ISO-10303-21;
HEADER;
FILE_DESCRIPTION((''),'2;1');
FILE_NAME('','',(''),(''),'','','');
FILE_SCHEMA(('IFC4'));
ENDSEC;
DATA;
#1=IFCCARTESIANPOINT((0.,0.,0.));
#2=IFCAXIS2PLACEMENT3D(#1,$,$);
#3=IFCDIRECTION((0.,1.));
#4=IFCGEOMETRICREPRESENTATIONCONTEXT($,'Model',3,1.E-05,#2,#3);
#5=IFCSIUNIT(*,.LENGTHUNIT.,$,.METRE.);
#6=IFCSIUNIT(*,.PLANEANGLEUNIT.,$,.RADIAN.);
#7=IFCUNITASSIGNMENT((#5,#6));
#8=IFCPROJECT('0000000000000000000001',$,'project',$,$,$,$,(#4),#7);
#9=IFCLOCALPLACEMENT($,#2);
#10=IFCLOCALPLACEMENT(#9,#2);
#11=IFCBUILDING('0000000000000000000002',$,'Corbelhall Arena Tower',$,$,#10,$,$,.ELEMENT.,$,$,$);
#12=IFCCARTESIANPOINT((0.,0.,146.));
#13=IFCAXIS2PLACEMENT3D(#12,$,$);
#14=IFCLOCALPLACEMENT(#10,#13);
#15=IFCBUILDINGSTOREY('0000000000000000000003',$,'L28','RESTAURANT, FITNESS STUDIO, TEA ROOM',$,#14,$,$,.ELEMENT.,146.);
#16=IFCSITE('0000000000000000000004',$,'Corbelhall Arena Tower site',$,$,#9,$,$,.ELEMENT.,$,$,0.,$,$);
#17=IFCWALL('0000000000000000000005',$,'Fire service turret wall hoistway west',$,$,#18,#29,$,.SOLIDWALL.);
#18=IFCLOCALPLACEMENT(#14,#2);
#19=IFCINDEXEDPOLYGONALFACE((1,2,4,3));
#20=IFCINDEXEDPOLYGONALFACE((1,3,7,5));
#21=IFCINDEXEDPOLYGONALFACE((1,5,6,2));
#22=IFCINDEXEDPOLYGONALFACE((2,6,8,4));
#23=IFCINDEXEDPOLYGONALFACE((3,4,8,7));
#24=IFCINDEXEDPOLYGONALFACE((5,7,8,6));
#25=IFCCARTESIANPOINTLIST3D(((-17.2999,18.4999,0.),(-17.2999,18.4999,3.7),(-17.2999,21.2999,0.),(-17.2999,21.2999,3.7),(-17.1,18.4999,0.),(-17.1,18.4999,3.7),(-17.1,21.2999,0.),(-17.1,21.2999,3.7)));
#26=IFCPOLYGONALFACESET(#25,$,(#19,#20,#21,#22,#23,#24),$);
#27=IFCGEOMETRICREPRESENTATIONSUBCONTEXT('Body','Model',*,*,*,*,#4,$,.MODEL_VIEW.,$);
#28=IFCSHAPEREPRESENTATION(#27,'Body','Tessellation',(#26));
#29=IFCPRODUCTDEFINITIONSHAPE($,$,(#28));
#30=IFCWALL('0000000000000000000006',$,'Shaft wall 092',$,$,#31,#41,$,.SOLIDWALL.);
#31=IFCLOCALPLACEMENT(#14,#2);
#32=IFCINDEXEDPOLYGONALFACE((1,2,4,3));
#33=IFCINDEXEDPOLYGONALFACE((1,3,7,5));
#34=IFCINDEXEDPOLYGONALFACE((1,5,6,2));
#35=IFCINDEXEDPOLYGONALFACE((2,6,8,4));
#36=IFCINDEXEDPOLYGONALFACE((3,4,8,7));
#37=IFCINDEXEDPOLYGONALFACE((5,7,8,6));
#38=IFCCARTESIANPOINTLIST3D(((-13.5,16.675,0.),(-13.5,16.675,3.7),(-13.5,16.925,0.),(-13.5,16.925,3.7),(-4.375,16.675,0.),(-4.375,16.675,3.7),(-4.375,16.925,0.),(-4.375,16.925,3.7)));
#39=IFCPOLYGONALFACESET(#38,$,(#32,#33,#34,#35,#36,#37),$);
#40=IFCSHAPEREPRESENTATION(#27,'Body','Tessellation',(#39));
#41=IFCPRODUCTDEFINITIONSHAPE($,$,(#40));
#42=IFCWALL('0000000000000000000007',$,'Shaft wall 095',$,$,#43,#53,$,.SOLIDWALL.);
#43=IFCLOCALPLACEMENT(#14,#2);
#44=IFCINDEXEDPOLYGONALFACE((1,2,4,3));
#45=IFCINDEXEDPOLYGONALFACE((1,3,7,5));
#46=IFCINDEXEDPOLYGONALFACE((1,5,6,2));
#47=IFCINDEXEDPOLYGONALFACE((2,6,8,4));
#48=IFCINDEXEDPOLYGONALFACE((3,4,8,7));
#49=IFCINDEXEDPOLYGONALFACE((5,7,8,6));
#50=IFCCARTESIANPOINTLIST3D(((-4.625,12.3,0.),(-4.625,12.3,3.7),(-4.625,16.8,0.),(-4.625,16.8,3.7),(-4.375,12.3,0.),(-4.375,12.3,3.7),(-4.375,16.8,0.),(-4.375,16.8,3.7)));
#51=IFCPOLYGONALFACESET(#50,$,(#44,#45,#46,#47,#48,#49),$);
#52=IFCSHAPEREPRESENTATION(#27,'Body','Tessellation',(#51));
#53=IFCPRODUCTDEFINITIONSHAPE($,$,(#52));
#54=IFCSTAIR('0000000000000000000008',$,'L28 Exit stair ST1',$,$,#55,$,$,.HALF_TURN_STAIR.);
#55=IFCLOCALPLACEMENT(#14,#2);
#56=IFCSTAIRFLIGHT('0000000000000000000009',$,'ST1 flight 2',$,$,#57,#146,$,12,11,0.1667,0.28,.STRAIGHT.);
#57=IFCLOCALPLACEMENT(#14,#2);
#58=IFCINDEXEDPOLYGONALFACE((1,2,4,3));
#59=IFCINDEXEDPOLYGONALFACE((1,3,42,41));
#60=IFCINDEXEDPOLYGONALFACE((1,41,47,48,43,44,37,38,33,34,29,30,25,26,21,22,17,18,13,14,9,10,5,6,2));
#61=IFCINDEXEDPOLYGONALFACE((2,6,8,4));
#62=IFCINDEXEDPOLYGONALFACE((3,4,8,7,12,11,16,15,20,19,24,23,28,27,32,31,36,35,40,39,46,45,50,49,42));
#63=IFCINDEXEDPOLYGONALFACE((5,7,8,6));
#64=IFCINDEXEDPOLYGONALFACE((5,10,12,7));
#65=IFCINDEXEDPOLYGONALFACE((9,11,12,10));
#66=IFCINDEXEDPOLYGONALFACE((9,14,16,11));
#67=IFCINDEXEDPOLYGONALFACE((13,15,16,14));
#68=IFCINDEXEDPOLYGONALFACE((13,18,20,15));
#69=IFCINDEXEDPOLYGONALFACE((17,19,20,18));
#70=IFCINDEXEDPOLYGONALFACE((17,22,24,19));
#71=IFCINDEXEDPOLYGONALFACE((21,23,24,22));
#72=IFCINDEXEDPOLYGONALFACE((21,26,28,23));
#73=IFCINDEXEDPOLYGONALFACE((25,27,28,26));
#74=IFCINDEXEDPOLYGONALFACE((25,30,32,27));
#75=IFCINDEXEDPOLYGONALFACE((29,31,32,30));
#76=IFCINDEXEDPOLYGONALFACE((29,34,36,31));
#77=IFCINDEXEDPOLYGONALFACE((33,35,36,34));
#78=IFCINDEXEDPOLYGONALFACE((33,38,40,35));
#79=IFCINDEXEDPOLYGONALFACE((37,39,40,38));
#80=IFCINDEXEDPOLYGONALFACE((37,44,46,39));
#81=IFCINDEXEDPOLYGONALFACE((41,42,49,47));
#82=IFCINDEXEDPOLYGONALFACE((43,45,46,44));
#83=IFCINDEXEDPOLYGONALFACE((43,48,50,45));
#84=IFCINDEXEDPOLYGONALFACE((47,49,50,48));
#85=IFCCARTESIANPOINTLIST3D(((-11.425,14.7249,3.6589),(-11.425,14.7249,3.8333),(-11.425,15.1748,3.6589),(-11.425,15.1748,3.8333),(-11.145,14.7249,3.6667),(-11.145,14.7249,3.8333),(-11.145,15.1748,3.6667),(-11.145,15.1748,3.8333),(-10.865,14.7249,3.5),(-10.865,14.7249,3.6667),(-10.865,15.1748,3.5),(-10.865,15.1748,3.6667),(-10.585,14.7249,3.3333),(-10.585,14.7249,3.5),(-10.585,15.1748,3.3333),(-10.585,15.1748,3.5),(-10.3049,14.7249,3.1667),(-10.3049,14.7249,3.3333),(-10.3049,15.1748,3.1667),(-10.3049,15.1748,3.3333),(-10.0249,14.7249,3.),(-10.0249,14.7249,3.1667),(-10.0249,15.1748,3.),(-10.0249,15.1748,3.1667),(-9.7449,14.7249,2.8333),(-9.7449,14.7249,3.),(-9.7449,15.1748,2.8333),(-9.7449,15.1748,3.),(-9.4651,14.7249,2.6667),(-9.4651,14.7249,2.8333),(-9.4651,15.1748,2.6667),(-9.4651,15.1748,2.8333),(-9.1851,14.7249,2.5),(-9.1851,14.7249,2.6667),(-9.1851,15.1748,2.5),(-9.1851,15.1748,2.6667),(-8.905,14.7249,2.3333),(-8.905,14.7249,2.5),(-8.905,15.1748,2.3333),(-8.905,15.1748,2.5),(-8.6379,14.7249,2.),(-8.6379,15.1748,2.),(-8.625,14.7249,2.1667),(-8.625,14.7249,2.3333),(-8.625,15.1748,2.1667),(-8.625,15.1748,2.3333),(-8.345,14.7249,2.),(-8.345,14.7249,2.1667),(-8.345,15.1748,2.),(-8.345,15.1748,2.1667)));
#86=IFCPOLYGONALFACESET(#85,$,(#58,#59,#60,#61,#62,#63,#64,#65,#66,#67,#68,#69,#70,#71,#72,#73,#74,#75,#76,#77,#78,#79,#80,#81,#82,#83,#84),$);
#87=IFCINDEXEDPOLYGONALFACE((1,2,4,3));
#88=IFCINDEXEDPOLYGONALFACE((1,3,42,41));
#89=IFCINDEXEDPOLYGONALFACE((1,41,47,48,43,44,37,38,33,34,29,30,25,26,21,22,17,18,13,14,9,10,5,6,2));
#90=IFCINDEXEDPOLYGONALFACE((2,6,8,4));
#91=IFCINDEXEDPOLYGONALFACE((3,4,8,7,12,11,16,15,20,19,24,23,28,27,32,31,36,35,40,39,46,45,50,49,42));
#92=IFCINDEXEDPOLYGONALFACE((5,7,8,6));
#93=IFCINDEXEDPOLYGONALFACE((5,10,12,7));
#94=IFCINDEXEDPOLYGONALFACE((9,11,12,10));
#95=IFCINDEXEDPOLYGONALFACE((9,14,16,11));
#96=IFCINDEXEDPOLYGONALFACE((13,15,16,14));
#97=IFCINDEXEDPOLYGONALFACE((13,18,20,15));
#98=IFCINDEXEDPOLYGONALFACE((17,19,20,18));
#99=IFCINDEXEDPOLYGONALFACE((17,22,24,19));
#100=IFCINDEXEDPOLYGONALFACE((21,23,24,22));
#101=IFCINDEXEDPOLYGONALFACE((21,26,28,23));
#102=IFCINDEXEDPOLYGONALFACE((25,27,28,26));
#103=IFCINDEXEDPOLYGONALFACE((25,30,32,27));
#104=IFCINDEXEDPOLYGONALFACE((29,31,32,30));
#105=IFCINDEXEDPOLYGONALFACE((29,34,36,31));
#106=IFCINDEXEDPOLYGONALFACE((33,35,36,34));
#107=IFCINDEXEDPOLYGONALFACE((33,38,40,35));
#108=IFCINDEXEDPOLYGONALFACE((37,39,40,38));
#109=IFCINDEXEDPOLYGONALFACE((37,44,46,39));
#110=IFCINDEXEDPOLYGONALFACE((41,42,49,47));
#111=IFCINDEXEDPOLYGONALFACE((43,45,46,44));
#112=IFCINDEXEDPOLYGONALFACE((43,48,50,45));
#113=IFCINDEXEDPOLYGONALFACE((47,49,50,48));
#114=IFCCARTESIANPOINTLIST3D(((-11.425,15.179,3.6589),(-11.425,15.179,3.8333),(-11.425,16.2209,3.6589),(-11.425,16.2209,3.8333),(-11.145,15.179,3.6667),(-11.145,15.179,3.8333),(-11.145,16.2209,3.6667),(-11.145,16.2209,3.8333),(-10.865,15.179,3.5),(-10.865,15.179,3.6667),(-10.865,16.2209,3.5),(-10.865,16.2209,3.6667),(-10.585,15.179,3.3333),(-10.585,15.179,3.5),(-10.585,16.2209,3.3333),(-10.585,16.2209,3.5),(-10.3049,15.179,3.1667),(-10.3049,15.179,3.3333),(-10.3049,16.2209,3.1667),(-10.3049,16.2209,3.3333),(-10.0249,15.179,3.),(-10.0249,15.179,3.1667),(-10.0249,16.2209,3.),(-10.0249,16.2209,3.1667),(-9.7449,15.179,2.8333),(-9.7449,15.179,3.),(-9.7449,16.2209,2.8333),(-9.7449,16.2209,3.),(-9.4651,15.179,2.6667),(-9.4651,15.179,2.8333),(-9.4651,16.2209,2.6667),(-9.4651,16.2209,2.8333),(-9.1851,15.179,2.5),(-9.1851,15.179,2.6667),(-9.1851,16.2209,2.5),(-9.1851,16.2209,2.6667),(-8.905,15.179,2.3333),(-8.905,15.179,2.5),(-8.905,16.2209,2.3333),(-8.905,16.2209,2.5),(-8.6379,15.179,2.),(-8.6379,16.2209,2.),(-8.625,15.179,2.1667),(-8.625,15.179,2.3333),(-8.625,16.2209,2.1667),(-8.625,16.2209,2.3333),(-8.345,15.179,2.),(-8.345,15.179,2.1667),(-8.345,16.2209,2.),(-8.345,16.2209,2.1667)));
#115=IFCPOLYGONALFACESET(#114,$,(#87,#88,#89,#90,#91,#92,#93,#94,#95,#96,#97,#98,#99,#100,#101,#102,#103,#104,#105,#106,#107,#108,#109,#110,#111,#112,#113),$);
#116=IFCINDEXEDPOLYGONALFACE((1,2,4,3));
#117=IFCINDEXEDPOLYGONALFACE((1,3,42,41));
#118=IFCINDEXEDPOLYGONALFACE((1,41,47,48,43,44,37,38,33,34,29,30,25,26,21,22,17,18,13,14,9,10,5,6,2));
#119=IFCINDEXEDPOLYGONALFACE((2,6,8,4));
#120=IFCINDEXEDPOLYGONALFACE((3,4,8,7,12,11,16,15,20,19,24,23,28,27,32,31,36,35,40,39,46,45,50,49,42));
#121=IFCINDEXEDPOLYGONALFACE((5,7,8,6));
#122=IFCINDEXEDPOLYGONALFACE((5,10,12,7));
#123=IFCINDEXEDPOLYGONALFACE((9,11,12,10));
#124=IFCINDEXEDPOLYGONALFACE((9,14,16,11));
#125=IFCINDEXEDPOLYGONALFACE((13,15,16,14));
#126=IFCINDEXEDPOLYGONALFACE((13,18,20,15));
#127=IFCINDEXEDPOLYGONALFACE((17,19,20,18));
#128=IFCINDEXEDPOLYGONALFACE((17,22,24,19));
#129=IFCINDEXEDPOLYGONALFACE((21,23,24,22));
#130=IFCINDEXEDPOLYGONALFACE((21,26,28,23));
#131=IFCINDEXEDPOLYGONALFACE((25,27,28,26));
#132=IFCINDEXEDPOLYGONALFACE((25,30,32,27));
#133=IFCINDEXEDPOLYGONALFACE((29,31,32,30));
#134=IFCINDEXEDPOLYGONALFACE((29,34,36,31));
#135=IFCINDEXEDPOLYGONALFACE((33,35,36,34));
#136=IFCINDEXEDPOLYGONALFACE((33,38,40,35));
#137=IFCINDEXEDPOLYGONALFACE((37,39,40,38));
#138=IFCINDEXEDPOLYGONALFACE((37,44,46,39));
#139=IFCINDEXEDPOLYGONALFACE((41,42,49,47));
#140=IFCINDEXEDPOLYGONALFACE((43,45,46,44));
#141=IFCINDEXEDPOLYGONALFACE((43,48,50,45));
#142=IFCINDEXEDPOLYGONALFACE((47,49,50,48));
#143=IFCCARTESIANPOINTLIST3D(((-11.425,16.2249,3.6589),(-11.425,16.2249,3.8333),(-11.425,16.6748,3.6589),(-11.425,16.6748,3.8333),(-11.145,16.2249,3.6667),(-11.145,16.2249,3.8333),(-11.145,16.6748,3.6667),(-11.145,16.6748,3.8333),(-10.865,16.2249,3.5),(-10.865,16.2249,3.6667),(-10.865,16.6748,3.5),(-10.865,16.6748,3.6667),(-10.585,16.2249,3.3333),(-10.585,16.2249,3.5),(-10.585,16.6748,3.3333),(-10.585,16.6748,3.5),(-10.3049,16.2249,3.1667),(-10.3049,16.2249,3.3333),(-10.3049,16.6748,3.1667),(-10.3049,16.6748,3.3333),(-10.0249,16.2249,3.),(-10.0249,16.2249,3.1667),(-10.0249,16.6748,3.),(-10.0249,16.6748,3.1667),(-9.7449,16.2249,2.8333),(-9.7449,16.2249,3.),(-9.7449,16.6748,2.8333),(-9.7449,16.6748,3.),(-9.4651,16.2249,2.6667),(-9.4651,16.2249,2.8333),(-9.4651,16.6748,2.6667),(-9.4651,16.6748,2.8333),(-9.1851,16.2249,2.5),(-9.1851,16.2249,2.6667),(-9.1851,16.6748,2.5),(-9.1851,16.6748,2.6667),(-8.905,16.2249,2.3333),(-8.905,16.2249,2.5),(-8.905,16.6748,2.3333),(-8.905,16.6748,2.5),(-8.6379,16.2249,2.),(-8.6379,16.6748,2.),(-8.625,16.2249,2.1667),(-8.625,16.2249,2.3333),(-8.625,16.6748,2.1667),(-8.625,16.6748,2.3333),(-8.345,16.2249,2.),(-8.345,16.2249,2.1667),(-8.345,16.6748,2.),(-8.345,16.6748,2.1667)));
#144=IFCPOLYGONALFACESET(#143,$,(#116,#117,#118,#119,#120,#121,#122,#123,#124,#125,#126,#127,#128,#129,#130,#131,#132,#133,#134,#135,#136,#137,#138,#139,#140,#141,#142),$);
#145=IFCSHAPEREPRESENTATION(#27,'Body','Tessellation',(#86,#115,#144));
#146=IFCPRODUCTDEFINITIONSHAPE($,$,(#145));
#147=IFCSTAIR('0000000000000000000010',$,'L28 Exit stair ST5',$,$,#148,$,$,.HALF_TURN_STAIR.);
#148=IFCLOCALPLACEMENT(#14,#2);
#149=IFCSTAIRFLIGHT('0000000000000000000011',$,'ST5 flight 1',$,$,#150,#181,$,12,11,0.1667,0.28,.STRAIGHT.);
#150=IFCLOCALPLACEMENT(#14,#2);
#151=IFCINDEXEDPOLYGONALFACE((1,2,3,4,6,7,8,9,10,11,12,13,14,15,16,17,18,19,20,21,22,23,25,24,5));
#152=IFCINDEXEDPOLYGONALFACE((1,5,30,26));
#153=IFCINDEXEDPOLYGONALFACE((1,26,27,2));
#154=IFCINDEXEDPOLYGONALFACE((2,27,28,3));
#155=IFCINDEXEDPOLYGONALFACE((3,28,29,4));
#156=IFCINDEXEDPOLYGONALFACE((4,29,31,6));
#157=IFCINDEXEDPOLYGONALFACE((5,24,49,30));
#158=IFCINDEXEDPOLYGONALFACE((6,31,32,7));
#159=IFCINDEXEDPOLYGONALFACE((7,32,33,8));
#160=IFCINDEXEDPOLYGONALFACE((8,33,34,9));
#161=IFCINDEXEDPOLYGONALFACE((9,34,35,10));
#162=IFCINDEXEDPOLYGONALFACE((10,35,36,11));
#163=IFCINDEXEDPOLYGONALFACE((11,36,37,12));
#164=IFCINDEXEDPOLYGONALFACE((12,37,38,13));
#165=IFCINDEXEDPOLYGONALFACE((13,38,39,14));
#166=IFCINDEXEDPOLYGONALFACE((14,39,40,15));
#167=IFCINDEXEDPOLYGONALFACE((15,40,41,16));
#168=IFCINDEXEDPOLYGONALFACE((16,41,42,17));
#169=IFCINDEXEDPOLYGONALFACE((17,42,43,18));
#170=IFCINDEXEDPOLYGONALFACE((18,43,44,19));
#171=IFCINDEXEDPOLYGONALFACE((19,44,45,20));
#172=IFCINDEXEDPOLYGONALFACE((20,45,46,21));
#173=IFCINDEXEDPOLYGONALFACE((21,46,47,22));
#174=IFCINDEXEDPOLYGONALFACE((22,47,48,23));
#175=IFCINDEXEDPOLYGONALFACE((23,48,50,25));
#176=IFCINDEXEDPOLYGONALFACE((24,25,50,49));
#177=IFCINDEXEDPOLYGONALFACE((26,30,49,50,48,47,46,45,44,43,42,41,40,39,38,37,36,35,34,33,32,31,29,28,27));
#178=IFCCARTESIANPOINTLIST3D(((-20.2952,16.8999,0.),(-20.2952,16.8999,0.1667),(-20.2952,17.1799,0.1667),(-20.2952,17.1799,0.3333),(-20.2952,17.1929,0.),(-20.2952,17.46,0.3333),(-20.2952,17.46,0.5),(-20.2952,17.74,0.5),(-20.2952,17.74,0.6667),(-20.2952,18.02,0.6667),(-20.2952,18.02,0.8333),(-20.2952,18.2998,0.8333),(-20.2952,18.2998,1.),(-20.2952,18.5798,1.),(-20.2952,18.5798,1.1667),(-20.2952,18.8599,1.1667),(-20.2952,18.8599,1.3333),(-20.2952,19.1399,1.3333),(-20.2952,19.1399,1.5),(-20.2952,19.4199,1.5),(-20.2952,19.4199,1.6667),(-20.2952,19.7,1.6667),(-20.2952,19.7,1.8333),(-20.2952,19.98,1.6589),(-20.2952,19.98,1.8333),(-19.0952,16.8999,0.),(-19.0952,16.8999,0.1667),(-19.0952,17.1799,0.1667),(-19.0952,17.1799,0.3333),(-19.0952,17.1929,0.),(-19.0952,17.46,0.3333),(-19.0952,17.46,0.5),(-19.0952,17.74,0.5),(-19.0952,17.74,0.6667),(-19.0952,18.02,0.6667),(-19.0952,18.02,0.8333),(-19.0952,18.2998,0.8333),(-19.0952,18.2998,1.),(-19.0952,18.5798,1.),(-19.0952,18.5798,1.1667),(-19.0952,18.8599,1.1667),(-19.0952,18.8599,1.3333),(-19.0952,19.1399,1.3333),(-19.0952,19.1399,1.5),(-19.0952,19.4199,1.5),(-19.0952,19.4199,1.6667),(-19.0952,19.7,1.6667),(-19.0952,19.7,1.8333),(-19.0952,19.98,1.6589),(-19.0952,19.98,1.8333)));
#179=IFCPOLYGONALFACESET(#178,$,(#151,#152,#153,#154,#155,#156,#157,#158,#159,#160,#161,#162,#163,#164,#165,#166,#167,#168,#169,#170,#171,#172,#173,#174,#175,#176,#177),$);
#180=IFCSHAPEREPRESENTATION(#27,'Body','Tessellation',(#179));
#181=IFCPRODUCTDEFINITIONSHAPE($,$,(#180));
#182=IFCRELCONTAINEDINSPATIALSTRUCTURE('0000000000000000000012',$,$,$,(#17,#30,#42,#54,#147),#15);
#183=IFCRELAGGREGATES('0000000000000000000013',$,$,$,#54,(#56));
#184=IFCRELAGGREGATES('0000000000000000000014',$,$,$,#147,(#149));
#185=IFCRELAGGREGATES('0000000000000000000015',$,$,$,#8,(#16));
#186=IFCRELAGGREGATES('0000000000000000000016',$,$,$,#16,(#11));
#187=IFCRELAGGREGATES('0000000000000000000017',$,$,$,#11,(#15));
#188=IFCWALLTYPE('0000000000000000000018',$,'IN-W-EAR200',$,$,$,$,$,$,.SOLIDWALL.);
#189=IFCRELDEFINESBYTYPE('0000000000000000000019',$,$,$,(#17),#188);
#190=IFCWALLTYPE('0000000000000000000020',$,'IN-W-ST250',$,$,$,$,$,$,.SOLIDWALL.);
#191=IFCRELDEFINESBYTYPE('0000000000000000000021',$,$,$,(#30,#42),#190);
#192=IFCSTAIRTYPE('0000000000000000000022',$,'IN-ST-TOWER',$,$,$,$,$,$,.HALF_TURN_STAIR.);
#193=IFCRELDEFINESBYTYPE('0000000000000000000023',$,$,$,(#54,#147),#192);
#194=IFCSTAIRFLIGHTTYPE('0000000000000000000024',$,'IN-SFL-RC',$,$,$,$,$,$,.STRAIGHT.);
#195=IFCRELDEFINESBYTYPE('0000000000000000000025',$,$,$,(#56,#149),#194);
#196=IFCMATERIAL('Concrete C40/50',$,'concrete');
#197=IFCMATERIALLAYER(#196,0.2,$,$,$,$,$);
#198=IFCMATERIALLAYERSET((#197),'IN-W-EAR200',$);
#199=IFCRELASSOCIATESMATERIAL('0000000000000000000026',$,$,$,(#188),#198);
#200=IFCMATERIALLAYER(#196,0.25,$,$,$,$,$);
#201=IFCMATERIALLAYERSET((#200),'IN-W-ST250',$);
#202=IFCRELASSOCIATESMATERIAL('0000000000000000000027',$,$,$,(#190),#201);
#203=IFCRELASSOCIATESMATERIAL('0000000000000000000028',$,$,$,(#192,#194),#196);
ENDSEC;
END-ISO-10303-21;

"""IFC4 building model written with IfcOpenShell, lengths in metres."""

from ifc_helpers import new_model, si_unit, direction, frame, frame_2d, origin, place, context, subcontext, project, spatial, polyline, rectangle, outline, extrude, material, layer, layer_set, type_object, element, aggregate, save


model = new_model("IFC4")

# Units and contexts
model_context = context("Model", 3, precision=1e-05, world=origin(), true_north=direction((0.0, 1.0)))
body_context = subcontext(model_context, "Body", "Model", "MODEL_VIEW")
ifc_project = project(units=[si_unit("LENGTHUNIT", "METRE"), si_unit("PLANEANGLEUNIT", "RADIAN")], contexts=[model_context])

# Site, building, storey
site_placement = place(None, origin())
site = spatial("IfcSite", under=ifc_project, at=site_placement, Name="Corbelhall Arena Tower site", CompositionType="ELEMENT", RefElevation=0.0)
building_placement = place(site_placement, origin())
building = spatial("IfcBuilding", under=site, at=building_placement, Name="Corbelhall Arena Tower", CompositionType="ELEMENT")
storey_placement = place(building_placement, frame((0.0, 0.0, 146.0)))
storey = spatial("IfcBuildingStorey", under=building, at=storey_placement, Name="L28", Description="RESTAURANT, FITNESS STUDIO, TEA ROOM", CompositionType="ELEMENT", Elevation=146.0)

# Shared definitions
ifc_material_1 = material(Name="Concrete C40/50", Category="concrete")
ifc_layer_1 = layer(ifc_material_1, 0.2)
ifc_layer_set_1 = layer_set([ifc_layer_1], Name="IN-W-EAR200")
wall_type_1 = type_object("IfcWallType", Name="IN-W-EAR200", PredefinedType="SOLIDWALL", material=ifc_layer_set_1)

# Wall
wall_1_placement = place(storey_placement, frame((-17.2, 18.5, 0.0), z_axis=(0.0, 0.0, 1.0), x_axis=(0.0, 1.0, 0.0)))
element("IfcWall", 1, at=wall_1_placement, inside=storey, type_object=wall_type_1, Name="Fire service turret wall hoistway west", PredefinedType="SOLIDWALL", context=body_context, shape_type="SweptSolid", body=[
    extrude(rectangle(XDim=2.8, YDim=0.2, at=frame_2d((1.3999, 0.0))), origin(), (0.0, 0.0, 1.0), 3.7),
])

# Walls
ifc_layer_2 = layer(ifc_material_1, 0.25)
ifc_layer_set_2 = layer_set([ifc_layer_2], Name="IN-W-ST250")
wall_type_2 = type_object("IfcWallType", Name="IN-W-ST250", PredefinedType="SOLIDWALL", material=ifc_layer_set_2)
wall_2_placement = place(storey_placement, frame((-13.5, 16.8, 0.0), z_axis=(0.0, 0.0, 1.0), x_axis=(1.0, 0.0, 0.0)))
element("IfcWall", 2, at=wall_2_placement, inside=storey, type_object=wall_type_2, Name="Shaft wall 092", PredefinedType="SOLIDWALL", context=body_context, shape_type="SweptSolid", body=[
    extrude(rectangle(XDim=9.125, YDim=0.25, at=frame_2d((4.5625, 0.0))), origin(), (0.0, 0.0, 1.0), 3.7),
])
wall_3_placement = place(storey_placement, frame((-4.5, 16.8, 0.0), z_axis=(0.0, 0.0, 1.0), x_axis=(0.0, -1.0, 0.0)))
element("IfcWall", 3, at=wall_3_placement, inside=storey, type_object=wall_type_2, Name="Shaft wall 095", PredefinedType="SOLIDWALL", context=body_context, shape_type="SweptSolid", body=[
    extrude(rectangle(XDim=4.5, YDim=0.25, at=frame_2d((2.25, 0.0))), origin(), (0.0, 0.0, 1.0), 3.7),
])

# Stair, stair flight
stair_type = type_object("IfcStairType", Name="IN-ST-TOWER", PredefinedType="HALF_TURN_STAIR", material=ifc_material_1)
stair_1_placement = place(storey_placement, origin())
stair_1 = element("IfcStair", 4, at=stair_1_placement, inside=storey, type_object=stair_type, Name="L28 Exit stair ST1", PredefinedType="HALF_TURN_STAIR")
stair_flight_type = type_object("IfcStairFlightType", Name="IN-SFL-RC", PredefinedType="STRAIGHT", material=ifc_material_1)
stair_flight_1_placement = place(storey_placement, frame((-8.345, 15.7, 2.0), z_axis=(0.0, 0.0, 1.0), x_axis=(-1.0, 0.0, 0.0)))
stair_flight_1 = element("IfcStairFlight", 5, at=stair_flight_1_placement, type_object=stair_flight_type, Name="ST1 flight 2", NumberOfRisers=12, NumberOfTreads=11, PredefinedType="STRAIGHT", RiserHeight=0.1667, TreadLength=0.28, context=body_context, shape_type="SweptSolid", body=[
    extrude(outline(polyline([(0.0, 0.0), (0.0, 0.1667), (0.28, 0.1667), (0.28, 0.3333), (0.5601, 0.3333), (0.5601, 0.5), (0.8401, 0.5), (0.8401, 0.6667), (1.1201, 0.6667), (1.1201, 0.8333), (1.3999, 0.8333), (1.3999, 1.0), (1.6799, 1.0), (1.6799, 1.1667), (1.96, 1.1667), (1.96, 1.3333), (2.24, 1.3333), (2.24, 1.5), (2.52, 1.5), (2.52, 1.6667), (2.8, 1.6667), (2.8, 1.8333), (3.0801, 1.8333), (3.0801, 2.0), (3.0801, 1.6589), (0.293, 0.0), (0.0, 0.0)])), frame((0.0, 0.9751, 0.0), z_axis=(0.0, -1.0, 0.0), x_axis=(1.0, 0.0, 0.0)), (0.0, 0.0, 1.0), 0.45),
    extrude(outline(polyline([(0.0, 0.0), (0.0, 0.1667), (0.28, 0.1667), (0.28, 0.3333), (0.5601, 0.3333), (0.5601, 0.5), (0.8401, 0.5), (0.8401, 0.6667), (1.1201, 0.6667), (1.1201, 0.8333), (1.3999, 0.8333), (1.3999, 1.0), (1.6799, 1.0), (1.6799, 1.1667), (1.96, 1.1667), (1.96, 1.3333), (2.24, 1.3333), (2.24, 1.5), (2.52, 1.5), (2.52, 1.6667), (2.8, 1.6667), (2.8, 1.8333), (3.0801, 1.8333), (3.0801, 2.0), (3.0801, 1.6589), (0.293, 0.0), (0.0, 0.0)])), frame((0.0, 0.521, 0.0), z_axis=(0.0, -1.0, 0.0), x_axis=(1.0, 0.0, 0.0)), (0.0, 0.0, 1.0), 1.042),
    extrude(outline(polyline([(0.0, 0.0), (0.0, 0.1667), (0.28, 0.1667), (0.28, 0.3333), (0.5601, 0.3333), (0.5601, 0.5), (0.8401, 0.5), (0.8401, 0.6667), (1.1201, 0.6667), (1.1201, 0.8333), (1.3999, 0.8333), (1.3999, 1.0), (1.6799, 1.0), (1.6799, 1.1667), (1.96, 1.1667), (1.96, 1.3333), (2.24, 1.3333), (2.24, 1.5), (2.52, 1.5), (2.52, 1.6667), (2.8, 1.6667), (2.8, 1.8333), (3.0801, 1.8333), (3.0801, 2.0), (3.0801, 1.6589), (0.293, 0.0), (0.0, 0.0)])), frame((0.0, -0.5249, 0.0), z_axis=(0.0, -1.0, 0.0), x_axis=(1.0, 0.0, 0.0)), (0.0, 0.0, 1.0), 0.45),
])
aggregate(stair_1, [stair_flight_1])

# Stair, stair flight
stair_2_placement = place(storey_placement, origin())
stair_2 = element("IfcStair", 6, at=stair_2_placement, inside=storey, type_object=stair_type, Name="L28 Exit stair ST5", PredefinedType="HALF_TURN_STAIR")
stair_flight_2_placement = place(storey_placement, frame((-19.6951, 16.8999, 0.0), z_axis=(0.0, 0.0, 1.0), x_axis=(0.0, 1.0, 0.0)))
stair_flight_2 = element("IfcStairFlight", 7, at=stair_flight_2_placement, type_object=stair_flight_type, Name="ST5 flight 1", NumberOfRisers=12, NumberOfTreads=11, PredefinedType="STRAIGHT", RiserHeight=0.1667, TreadLength=0.28, context=body_context, shape_type="SweptSolid", body=[
    extrude(outline(polyline([(0.0, 0.0), (0.0, 0.1667), (0.28, 0.1667), (0.28, 0.3333), (0.5601, 0.3333), (0.5601, 0.5), (0.8401, 0.5), (0.8401, 0.6667), (1.1201, 0.6667), (1.1201, 0.8333), (1.3999, 0.8333), (1.3999, 1.0), (1.6799, 1.0), (1.6799, 1.1667), (1.96, 1.1667), (1.96, 1.3333), (2.24, 1.3333), (2.24, 1.5), (2.52, 1.5), (2.52, 1.6667), (2.8, 1.6667), (2.8, 1.8333), (3.0801, 1.8333), (3.0801, 2.0), (3.0801, 1.6589), (0.293, 0.0), (0.0, 0.0)])), frame((0.0, 0.6001, 0.0), z_axis=(0.0, -1.0, 0.0), x_axis=(1.0, 0.0, 0.0)), (0.0, 0.0, 1.0), 1.2),
])
aggregate(stair_2, [stair_flight_2])

save(model, "model.ifc")
